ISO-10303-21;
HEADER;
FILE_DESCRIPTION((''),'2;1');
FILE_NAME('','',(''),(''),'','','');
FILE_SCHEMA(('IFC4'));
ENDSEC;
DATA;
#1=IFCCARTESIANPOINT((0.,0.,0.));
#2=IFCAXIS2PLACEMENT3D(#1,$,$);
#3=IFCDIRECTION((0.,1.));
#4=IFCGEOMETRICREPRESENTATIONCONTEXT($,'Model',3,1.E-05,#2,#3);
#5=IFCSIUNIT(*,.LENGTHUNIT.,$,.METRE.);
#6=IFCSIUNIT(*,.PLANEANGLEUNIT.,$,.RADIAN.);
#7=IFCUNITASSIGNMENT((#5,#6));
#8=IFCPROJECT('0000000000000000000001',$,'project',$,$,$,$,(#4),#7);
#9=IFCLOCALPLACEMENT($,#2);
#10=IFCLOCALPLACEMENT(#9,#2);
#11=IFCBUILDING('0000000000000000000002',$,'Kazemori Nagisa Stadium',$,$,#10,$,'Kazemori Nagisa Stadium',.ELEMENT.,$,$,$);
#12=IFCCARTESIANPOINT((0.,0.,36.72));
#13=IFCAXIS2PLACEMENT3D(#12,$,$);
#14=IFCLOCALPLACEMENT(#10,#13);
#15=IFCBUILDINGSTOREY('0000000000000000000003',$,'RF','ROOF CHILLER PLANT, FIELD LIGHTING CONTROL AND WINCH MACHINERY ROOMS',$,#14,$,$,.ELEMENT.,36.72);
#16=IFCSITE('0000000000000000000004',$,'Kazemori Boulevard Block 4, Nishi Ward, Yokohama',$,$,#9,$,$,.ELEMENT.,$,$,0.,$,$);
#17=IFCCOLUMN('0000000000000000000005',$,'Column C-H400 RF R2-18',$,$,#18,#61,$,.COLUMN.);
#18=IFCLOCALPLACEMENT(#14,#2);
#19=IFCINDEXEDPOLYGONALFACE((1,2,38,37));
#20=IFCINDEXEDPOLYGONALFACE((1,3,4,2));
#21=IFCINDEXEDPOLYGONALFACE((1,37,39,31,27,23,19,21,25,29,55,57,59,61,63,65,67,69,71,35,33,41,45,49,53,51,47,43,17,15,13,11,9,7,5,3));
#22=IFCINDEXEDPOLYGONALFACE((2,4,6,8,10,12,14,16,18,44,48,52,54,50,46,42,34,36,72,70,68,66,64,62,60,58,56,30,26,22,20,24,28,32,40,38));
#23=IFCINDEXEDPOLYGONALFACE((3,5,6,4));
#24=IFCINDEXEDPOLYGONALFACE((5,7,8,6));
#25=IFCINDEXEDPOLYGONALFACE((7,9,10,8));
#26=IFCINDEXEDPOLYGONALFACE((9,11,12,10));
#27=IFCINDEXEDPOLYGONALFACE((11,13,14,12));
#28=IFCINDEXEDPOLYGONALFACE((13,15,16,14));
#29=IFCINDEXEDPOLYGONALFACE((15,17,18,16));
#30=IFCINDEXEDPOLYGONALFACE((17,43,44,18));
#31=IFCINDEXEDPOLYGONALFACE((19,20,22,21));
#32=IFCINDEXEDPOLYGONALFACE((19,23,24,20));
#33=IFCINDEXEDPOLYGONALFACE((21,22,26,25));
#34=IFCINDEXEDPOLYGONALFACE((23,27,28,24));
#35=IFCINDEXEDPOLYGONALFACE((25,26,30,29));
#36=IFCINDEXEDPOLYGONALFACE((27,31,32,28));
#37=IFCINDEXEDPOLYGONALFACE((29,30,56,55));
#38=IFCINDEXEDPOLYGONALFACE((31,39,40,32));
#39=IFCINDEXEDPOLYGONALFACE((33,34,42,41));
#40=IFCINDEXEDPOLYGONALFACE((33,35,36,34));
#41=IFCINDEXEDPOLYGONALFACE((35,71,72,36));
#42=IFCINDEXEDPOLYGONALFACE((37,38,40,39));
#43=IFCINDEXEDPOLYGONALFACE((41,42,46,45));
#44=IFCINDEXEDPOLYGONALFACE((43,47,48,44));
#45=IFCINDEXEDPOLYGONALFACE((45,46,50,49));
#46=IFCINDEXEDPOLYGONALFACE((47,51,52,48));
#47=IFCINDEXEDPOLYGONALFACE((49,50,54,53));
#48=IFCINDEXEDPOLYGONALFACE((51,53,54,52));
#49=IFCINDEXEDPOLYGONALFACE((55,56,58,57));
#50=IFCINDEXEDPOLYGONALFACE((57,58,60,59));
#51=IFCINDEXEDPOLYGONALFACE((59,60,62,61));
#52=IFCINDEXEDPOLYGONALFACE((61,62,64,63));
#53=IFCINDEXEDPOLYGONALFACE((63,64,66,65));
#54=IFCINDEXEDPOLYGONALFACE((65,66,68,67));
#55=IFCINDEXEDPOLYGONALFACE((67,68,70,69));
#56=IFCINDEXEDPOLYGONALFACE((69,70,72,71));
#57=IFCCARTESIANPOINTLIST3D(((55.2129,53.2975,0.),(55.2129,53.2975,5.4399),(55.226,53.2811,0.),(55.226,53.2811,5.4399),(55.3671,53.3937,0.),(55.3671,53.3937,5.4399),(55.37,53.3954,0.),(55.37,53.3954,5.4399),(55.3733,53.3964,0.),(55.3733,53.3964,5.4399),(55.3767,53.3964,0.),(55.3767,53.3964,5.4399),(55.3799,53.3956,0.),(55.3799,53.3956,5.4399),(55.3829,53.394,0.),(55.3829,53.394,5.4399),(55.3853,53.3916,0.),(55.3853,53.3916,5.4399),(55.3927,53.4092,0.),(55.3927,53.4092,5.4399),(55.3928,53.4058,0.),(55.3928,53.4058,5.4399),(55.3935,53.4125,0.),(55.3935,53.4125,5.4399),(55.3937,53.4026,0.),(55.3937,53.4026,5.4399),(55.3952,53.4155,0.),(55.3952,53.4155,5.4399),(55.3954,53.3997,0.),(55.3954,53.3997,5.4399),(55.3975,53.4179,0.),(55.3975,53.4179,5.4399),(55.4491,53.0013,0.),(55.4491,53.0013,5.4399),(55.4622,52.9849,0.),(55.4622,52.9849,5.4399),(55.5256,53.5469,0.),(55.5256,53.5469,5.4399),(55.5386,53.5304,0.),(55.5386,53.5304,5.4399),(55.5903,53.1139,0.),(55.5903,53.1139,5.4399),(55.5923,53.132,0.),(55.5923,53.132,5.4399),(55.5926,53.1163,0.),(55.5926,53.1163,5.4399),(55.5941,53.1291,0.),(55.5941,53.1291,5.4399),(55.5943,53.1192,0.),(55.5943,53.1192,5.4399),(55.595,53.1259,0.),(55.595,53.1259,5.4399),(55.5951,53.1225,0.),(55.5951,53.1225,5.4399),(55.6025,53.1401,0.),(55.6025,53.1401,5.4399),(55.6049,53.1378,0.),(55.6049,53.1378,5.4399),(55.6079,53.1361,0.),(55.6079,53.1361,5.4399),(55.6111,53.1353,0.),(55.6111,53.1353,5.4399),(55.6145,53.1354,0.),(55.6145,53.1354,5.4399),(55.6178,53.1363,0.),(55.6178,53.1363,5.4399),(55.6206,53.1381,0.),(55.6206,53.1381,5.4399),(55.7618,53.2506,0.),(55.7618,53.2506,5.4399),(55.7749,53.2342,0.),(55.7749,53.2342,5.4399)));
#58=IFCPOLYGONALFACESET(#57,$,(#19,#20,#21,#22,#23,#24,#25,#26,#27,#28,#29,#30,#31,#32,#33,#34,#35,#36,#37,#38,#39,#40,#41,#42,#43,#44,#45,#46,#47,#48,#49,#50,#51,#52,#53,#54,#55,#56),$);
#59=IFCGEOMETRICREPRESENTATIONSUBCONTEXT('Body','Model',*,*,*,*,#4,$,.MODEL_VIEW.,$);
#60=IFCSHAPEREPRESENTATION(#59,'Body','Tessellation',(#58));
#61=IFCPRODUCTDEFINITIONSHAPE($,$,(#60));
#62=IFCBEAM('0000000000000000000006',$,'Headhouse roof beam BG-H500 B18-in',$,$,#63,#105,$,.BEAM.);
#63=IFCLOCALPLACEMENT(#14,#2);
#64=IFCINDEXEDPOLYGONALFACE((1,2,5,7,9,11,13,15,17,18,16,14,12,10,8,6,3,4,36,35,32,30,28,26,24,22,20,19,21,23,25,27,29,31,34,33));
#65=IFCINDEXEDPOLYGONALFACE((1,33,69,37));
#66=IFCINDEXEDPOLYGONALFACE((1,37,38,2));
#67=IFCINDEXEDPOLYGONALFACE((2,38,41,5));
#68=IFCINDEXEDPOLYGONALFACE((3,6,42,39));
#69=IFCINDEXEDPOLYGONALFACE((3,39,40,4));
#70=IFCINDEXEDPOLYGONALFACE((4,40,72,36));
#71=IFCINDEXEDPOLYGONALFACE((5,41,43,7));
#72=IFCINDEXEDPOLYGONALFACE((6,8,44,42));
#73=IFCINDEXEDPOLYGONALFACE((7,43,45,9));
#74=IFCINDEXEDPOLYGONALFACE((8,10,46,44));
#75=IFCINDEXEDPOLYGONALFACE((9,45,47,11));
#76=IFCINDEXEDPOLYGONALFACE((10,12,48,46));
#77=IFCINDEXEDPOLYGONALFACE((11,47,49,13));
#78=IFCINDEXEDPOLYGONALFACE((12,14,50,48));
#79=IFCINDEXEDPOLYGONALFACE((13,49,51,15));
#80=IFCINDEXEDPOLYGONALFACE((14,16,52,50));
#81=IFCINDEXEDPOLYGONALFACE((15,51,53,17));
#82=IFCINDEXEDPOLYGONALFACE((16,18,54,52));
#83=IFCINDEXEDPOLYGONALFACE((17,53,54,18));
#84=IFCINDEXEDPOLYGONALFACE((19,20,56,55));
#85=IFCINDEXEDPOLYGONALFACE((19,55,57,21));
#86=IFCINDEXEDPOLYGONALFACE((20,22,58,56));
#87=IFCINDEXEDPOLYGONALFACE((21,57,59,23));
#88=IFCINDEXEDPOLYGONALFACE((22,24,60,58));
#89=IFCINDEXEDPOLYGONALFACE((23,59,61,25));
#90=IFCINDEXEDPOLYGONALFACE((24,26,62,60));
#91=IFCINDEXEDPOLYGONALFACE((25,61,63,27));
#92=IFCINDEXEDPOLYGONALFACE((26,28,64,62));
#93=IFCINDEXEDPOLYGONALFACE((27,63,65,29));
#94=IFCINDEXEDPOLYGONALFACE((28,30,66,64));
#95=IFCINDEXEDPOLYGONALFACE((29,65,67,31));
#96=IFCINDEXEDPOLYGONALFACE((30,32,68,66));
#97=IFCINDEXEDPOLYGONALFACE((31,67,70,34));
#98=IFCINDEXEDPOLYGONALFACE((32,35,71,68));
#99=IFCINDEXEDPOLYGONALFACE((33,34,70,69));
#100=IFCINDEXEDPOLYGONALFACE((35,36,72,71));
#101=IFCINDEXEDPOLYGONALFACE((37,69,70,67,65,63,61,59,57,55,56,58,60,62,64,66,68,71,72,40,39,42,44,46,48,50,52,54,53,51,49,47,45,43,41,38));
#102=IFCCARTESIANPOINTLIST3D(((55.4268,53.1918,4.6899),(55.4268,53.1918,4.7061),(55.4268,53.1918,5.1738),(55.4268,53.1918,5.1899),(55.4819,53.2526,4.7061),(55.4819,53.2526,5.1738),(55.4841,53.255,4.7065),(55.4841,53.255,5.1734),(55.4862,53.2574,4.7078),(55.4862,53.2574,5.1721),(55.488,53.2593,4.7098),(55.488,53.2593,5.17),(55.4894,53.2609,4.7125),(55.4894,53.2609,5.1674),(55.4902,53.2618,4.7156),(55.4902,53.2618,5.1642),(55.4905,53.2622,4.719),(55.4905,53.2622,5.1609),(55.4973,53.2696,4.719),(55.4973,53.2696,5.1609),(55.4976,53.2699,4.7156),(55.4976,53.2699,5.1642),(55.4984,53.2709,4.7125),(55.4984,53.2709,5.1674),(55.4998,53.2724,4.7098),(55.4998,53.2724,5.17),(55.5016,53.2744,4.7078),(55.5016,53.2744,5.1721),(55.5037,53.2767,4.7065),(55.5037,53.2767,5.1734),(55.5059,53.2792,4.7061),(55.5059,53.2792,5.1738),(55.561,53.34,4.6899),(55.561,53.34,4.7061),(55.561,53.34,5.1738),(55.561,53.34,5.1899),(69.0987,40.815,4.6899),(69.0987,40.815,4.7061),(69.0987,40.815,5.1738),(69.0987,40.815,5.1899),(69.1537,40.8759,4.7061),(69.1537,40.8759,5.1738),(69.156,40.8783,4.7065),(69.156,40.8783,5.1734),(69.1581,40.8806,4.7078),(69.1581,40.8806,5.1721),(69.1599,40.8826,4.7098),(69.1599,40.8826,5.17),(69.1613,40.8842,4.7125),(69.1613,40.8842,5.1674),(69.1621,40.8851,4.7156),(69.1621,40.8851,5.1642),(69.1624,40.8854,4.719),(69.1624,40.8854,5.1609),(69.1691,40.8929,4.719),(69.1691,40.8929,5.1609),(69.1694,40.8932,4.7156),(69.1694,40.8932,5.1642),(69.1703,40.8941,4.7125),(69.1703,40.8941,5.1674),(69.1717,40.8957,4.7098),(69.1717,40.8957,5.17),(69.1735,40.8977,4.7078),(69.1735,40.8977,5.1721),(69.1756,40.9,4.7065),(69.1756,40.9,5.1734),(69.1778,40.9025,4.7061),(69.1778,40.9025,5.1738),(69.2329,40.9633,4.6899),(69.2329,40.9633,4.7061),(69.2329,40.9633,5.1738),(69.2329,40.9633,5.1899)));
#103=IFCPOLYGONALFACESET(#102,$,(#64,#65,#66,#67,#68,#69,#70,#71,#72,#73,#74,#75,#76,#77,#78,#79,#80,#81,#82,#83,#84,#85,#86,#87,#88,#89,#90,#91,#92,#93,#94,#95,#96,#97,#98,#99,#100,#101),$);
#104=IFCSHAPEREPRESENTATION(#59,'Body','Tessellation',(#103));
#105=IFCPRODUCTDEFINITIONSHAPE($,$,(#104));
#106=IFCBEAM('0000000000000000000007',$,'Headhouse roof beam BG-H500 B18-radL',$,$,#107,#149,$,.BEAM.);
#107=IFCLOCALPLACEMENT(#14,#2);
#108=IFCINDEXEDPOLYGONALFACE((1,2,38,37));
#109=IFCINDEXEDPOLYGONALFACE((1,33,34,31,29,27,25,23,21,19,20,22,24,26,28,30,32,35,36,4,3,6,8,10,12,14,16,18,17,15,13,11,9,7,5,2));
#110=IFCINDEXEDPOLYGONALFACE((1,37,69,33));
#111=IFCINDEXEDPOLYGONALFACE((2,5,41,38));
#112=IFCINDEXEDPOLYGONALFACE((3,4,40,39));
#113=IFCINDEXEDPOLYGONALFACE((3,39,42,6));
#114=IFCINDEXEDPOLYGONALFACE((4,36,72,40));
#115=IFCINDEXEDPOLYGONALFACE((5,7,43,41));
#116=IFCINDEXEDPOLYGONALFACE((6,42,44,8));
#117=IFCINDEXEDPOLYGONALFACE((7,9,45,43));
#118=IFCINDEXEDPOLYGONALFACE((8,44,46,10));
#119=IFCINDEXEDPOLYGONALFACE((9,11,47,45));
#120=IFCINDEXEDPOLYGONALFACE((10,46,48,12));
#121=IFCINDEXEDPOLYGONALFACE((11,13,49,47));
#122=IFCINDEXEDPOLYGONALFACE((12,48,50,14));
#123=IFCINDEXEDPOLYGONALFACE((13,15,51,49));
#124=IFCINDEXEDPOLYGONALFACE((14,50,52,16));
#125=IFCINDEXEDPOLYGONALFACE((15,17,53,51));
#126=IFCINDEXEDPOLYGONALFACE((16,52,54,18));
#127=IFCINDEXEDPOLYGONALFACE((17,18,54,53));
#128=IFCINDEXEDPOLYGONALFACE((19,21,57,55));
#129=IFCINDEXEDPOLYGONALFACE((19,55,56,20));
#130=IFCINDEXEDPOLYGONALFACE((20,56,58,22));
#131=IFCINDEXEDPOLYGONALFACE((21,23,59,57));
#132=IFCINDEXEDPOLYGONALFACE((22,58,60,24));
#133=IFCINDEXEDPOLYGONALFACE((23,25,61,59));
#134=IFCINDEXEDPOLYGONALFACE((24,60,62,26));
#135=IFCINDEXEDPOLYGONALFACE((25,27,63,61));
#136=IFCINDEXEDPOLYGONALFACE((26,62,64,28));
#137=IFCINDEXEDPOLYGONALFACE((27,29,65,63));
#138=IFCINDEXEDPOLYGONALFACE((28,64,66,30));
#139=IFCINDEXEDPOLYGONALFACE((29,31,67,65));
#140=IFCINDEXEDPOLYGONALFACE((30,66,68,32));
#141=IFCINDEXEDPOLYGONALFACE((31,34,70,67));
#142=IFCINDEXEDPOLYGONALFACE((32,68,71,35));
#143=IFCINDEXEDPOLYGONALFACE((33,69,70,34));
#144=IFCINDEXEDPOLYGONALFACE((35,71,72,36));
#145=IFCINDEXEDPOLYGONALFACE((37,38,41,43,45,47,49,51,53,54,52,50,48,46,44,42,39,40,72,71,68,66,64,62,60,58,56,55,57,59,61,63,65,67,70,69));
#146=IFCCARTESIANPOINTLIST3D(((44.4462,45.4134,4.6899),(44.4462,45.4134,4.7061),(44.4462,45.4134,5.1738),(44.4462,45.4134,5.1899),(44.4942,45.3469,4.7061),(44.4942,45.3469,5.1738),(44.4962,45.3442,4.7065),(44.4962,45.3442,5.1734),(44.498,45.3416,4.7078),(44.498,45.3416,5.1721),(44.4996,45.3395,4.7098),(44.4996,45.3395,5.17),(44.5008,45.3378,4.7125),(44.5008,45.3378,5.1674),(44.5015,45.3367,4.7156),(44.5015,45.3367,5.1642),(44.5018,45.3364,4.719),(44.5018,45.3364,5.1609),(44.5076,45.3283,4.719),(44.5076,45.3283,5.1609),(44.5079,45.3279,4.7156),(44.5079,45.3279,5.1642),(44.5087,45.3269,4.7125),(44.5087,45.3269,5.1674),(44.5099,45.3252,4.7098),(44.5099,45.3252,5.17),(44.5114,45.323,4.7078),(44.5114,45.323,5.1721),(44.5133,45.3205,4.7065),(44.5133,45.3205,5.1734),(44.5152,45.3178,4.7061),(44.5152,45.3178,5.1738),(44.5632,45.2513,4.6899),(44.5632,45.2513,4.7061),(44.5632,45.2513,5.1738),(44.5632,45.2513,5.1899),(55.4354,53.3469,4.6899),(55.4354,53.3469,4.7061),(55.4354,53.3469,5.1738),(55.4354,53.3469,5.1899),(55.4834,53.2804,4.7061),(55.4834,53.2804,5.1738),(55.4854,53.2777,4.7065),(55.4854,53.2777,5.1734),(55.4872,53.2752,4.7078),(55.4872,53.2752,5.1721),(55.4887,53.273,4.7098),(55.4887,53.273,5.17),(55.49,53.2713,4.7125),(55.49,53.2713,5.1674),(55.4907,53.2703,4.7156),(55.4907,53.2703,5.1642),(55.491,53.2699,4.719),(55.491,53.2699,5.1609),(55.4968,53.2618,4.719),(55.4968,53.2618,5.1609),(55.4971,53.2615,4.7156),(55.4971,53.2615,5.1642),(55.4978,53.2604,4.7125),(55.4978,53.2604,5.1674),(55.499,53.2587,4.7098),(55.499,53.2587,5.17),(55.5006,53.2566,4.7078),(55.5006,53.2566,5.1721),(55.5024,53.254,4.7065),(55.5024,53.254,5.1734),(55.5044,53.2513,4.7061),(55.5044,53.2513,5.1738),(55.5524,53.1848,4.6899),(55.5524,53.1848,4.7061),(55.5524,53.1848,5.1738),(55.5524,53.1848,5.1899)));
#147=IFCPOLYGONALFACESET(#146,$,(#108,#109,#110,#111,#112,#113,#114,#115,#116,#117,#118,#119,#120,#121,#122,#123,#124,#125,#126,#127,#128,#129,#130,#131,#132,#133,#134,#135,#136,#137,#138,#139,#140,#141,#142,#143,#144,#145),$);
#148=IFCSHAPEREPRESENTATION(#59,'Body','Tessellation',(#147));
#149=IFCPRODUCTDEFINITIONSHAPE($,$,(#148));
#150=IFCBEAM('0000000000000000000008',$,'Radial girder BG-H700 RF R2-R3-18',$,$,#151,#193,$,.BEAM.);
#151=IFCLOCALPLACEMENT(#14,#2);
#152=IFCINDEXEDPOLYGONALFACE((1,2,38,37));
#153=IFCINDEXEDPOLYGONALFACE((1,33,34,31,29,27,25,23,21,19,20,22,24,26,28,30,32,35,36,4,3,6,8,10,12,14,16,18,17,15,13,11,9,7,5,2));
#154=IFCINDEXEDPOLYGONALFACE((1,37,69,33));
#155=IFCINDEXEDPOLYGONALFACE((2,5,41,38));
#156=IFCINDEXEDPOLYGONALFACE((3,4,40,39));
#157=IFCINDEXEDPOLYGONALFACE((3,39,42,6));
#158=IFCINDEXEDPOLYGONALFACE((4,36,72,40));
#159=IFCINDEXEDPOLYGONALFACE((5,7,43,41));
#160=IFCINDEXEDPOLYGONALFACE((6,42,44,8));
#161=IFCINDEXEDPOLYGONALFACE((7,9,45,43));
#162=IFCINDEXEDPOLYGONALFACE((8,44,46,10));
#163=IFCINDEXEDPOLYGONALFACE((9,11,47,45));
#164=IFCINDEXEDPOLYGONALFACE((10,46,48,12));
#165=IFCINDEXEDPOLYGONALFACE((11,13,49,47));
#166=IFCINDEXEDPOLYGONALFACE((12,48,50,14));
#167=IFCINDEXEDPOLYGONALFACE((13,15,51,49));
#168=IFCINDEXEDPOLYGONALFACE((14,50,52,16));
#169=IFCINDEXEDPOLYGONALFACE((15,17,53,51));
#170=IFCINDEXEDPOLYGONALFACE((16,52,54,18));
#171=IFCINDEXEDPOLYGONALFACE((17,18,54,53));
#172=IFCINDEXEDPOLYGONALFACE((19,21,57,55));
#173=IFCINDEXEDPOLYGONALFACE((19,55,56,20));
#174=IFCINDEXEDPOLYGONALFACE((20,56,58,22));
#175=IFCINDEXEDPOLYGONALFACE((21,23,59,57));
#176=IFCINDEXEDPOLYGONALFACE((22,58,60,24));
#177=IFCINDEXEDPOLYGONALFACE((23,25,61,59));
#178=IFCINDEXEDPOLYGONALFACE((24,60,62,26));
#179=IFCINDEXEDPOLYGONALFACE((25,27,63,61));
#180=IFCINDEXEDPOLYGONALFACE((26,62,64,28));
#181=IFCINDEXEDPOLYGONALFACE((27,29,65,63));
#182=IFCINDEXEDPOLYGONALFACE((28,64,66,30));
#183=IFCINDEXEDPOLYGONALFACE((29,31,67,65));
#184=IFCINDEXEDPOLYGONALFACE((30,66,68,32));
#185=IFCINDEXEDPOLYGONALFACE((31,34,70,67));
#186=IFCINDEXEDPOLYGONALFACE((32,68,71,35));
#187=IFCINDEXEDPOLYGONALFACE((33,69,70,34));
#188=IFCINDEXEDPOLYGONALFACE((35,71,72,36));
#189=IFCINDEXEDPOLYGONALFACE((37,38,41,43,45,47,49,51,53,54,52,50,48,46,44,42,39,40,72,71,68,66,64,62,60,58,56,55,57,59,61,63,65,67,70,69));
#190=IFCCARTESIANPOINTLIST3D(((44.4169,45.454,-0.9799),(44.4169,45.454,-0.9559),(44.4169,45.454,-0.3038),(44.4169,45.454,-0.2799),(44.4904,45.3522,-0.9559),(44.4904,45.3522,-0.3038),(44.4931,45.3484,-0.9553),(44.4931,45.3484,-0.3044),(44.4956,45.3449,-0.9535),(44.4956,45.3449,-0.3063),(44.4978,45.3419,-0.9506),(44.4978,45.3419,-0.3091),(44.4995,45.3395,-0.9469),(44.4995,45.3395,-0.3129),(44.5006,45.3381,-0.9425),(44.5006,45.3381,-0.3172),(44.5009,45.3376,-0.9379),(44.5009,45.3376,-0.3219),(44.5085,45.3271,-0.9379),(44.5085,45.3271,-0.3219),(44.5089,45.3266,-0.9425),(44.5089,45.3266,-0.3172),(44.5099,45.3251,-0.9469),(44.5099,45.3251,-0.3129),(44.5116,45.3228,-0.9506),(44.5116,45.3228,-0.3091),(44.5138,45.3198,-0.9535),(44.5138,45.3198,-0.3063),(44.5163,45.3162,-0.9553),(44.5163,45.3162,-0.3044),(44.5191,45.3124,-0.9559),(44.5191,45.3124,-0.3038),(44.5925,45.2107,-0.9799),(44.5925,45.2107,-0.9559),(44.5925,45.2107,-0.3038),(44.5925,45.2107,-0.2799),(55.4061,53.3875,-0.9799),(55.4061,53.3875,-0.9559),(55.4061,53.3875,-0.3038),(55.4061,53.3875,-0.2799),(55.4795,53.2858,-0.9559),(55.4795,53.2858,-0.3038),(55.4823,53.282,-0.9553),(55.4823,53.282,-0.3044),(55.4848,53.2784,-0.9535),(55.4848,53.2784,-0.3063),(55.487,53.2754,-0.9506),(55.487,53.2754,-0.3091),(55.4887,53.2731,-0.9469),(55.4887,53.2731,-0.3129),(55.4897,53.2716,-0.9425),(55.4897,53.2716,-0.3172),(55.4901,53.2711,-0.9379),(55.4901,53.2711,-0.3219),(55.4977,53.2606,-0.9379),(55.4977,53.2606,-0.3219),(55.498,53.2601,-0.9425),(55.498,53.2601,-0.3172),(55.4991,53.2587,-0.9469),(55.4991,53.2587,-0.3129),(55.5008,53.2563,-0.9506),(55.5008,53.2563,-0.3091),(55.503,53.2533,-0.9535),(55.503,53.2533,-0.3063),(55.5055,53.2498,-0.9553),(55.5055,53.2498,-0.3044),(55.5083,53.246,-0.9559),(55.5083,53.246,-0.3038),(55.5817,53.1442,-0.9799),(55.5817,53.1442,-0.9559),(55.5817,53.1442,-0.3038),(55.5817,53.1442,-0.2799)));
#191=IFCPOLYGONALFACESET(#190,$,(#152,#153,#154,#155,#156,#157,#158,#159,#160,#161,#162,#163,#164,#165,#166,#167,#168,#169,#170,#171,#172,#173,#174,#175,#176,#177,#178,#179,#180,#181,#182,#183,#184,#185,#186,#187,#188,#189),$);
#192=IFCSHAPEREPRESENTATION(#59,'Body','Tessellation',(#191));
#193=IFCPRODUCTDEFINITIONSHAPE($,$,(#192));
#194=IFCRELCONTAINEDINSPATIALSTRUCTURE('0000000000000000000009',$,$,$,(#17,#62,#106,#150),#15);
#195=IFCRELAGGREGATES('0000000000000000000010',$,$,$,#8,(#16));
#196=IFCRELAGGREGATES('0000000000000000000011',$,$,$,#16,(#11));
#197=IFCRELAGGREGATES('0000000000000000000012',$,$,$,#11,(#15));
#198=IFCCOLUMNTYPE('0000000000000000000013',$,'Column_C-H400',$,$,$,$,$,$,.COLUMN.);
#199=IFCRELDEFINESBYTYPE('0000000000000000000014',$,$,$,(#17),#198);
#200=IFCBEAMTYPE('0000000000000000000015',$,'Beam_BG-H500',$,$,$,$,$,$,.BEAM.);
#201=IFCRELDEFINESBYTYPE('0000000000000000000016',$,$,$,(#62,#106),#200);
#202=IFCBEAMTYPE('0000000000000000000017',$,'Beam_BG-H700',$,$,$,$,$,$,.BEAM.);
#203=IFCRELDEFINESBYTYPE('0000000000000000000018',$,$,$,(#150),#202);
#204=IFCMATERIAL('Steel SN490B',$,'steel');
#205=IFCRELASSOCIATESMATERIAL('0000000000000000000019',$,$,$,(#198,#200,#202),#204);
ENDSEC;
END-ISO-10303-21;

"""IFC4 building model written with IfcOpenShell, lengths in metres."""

from ifc_helpers import new_model, si_unit, direction, frame, origin, origin_2d, place, context, subcontext, project, spatial, i_section, extrude, material, material_profile, profile_set, type_object, element, save


model = new_model("IFC4")

# Units and contexts
model_context = context("Model", 3, precision=1e-05, world=origin(), true_north=direction((0.0, 1.0)))
body_context = subcontext(model_context, "Body", "Model", "MODEL_VIEW")
ifc_project = project(units=[si_unit("LENGTHUNIT", "METRE"), si_unit("PLANEANGLEUNIT", "RADIAN")], contexts=[model_context])

# Site, building, storey
site_placement = place(None, origin())
site = spatial("IfcSite", under=ifc_project, at=site_placement, Name="Kazemori Boulevard Block 4, Nishi Ward, Yokohama", CompositionType="ELEMENT", RefElevation=0.0)
building_placement = place(site_placement, origin())
building = spatial("IfcBuilding", under=site, at=building_placement, Name="Kazemori Nagisa Stadium", LongName="Kazemori Nagisa Stadium", CompositionType="ELEMENT")
storey_placement = place(building_placement, frame((0.0, 0.0, 36.72)))
storey = spatial("IfcBuildingStorey", under=building, at=storey_placement, Name="RF", Description="ROOF CHILLER PLANT, FIELD LIGHTING CONTROL AND WINCH MACHINERY ROOMS", CompositionType="ELEMENT", Elevation=36.72)

# Column
ifc_material_1 = material(Name="Steel SN490B", Category="steel")
ifc_material_profile_1 = material_profile(ifc_material_1, i_section(OverallWidth=0.3999, OverallDepth=0.3999, WebThickness=0.0129, FlangeThickness=0.021, FilletRadius=0.0129, at=origin_2d()), Name="H-400x400x13x21")
ifc_profile_set_1 = profile_set([ifc_material_profile_1], Name="Steel SN490B")
column_type = type_object("IfcColumnType", Name="Column_C-H400", PredefinedType="COLUMN", material=ifc_profile_set_1)
column_placement = place(storey_placement, frame((55.4939, 53.2659, 0.0), z_axis=(0.0, 0.0, 1.0), x_axis=(-0.781831, -0.62349, 0.0)))
element("IfcColumn", 1, at=column_placement, inside=storey, type_object=column_type, Name="Column C-H400 RF R2-18", PredefinedType="COLUMN", context=body_context, shape_type="SweptSolid", body=[
    extrude(i_section(OverallWidth=0.3999, OverallDepth=0.3999, WebThickness=0.0129, FlangeThickness=0.021, FilletRadius=0.0129, at=origin_2d()), origin(), (0.0, 0.0, 1.0), 5.4399),
])

# Beams
ifc_material_profile_2 = material_profile(ifc_material_1, i_section(OverallWidth=0.2, OverallDepth=0.5, WebThickness=0.01, FlangeThickness=0.0161, FilletRadius=0.0129, at=origin_2d()), Name="H-500x200x10x16")
ifc_profile_set_2 = profile_set([ifc_material_profile_2], Name="Steel SN490B")
beam_type_1 = type_object("IfcBeamType", Name="Beam_BG-H500", PredefinedType="BEAM", material=ifc_profile_set_2)
beam_1_placement = place(storey_placement, frame((55.4939, 53.2659, 4.9399), z_axis=(0.741349, -0.67112, 0.0), x_axis=(0.67112, 0.741349, 0.0)))
element("IfcBeam", 2, at=beam_1_placement, inside=storey, type_object=beam_type_1, Name="Headhouse roof beam BG-H500 B18-in", PredefinedType="BEAM", context=body_context, shape_type="SweptSolid", body=[
    extrude(i_section(OverallWidth=0.2, OverallDepth=0.5, WebThickness=0.01, FlangeThickness=0.0161, FilletRadius=0.0129, at=origin_2d()), origin(), (0.0, 0.0, 1.0), 18.4419),
])
beam_2_placement = place(storey_placement, frame((55.4939, 53.2659, 4.9399), z_axis=(-0.810788, -0.585341, 0.0), x_axis=(0.585341, -0.810788, 0.0)))
element("IfcBeam", 3, at=beam_2_placement, inside=storey, type_object=beam_type_1, Name="Headhouse roof beam BG-H500 B18-radL", PredefinedType="BEAM", context=body_context, shape_type="SweptSolid", body=[
    extrude(i_section(OverallWidth=0.2, OverallDepth=0.5, WebThickness=0.01, FlangeThickness=0.0161, FilletRadius=0.0129, at=origin_2d()), origin(), (0.0, 0.0, 1.0), 13.5537),
])
ifc_material_profile_3 = material_profile(ifc_material_1, i_section(OverallWidth=0.3, OverallDepth=0.7, WebThickness=0.0129, FlangeThickness=0.0239, FilletRadius=0.0181, at=origin_2d()), Name="H-700x300x13x24")
ifc_profile_set_3 = profile_set([ifc_material_profile_3], Name="Steel SN490B")
beam_type_2 = type_object("IfcBeamType", Name="Beam_BG-H700", PredefinedType="BEAM", material=ifc_profile_set_3)
beam_3_placement = place(storey_placement, frame((55.4939, 53.2659, -0.6299), z_axis=(-0.810788, -0.585341, 0.0), x_axis=(0.585341, -0.810788, 0.0)))
element("IfcBeam", 4, at=beam_3_placement, inside=storey, type_object=beam_type_2, Name="Radial girder BG-H700 RF R2-R3-18", PredefinedType="BEAM", context=body_context, shape_type="SweptSolid", body=[
    extrude(i_section(OverallWidth=0.3, OverallDepth=0.7, WebThickness=0.0129, FlangeThickness=0.0239, FilletRadius=0.0181, at=origin_2d()), origin(), (0.0, 0.0, 1.0), 13.5537),
])

save(model, "model.ifc")
